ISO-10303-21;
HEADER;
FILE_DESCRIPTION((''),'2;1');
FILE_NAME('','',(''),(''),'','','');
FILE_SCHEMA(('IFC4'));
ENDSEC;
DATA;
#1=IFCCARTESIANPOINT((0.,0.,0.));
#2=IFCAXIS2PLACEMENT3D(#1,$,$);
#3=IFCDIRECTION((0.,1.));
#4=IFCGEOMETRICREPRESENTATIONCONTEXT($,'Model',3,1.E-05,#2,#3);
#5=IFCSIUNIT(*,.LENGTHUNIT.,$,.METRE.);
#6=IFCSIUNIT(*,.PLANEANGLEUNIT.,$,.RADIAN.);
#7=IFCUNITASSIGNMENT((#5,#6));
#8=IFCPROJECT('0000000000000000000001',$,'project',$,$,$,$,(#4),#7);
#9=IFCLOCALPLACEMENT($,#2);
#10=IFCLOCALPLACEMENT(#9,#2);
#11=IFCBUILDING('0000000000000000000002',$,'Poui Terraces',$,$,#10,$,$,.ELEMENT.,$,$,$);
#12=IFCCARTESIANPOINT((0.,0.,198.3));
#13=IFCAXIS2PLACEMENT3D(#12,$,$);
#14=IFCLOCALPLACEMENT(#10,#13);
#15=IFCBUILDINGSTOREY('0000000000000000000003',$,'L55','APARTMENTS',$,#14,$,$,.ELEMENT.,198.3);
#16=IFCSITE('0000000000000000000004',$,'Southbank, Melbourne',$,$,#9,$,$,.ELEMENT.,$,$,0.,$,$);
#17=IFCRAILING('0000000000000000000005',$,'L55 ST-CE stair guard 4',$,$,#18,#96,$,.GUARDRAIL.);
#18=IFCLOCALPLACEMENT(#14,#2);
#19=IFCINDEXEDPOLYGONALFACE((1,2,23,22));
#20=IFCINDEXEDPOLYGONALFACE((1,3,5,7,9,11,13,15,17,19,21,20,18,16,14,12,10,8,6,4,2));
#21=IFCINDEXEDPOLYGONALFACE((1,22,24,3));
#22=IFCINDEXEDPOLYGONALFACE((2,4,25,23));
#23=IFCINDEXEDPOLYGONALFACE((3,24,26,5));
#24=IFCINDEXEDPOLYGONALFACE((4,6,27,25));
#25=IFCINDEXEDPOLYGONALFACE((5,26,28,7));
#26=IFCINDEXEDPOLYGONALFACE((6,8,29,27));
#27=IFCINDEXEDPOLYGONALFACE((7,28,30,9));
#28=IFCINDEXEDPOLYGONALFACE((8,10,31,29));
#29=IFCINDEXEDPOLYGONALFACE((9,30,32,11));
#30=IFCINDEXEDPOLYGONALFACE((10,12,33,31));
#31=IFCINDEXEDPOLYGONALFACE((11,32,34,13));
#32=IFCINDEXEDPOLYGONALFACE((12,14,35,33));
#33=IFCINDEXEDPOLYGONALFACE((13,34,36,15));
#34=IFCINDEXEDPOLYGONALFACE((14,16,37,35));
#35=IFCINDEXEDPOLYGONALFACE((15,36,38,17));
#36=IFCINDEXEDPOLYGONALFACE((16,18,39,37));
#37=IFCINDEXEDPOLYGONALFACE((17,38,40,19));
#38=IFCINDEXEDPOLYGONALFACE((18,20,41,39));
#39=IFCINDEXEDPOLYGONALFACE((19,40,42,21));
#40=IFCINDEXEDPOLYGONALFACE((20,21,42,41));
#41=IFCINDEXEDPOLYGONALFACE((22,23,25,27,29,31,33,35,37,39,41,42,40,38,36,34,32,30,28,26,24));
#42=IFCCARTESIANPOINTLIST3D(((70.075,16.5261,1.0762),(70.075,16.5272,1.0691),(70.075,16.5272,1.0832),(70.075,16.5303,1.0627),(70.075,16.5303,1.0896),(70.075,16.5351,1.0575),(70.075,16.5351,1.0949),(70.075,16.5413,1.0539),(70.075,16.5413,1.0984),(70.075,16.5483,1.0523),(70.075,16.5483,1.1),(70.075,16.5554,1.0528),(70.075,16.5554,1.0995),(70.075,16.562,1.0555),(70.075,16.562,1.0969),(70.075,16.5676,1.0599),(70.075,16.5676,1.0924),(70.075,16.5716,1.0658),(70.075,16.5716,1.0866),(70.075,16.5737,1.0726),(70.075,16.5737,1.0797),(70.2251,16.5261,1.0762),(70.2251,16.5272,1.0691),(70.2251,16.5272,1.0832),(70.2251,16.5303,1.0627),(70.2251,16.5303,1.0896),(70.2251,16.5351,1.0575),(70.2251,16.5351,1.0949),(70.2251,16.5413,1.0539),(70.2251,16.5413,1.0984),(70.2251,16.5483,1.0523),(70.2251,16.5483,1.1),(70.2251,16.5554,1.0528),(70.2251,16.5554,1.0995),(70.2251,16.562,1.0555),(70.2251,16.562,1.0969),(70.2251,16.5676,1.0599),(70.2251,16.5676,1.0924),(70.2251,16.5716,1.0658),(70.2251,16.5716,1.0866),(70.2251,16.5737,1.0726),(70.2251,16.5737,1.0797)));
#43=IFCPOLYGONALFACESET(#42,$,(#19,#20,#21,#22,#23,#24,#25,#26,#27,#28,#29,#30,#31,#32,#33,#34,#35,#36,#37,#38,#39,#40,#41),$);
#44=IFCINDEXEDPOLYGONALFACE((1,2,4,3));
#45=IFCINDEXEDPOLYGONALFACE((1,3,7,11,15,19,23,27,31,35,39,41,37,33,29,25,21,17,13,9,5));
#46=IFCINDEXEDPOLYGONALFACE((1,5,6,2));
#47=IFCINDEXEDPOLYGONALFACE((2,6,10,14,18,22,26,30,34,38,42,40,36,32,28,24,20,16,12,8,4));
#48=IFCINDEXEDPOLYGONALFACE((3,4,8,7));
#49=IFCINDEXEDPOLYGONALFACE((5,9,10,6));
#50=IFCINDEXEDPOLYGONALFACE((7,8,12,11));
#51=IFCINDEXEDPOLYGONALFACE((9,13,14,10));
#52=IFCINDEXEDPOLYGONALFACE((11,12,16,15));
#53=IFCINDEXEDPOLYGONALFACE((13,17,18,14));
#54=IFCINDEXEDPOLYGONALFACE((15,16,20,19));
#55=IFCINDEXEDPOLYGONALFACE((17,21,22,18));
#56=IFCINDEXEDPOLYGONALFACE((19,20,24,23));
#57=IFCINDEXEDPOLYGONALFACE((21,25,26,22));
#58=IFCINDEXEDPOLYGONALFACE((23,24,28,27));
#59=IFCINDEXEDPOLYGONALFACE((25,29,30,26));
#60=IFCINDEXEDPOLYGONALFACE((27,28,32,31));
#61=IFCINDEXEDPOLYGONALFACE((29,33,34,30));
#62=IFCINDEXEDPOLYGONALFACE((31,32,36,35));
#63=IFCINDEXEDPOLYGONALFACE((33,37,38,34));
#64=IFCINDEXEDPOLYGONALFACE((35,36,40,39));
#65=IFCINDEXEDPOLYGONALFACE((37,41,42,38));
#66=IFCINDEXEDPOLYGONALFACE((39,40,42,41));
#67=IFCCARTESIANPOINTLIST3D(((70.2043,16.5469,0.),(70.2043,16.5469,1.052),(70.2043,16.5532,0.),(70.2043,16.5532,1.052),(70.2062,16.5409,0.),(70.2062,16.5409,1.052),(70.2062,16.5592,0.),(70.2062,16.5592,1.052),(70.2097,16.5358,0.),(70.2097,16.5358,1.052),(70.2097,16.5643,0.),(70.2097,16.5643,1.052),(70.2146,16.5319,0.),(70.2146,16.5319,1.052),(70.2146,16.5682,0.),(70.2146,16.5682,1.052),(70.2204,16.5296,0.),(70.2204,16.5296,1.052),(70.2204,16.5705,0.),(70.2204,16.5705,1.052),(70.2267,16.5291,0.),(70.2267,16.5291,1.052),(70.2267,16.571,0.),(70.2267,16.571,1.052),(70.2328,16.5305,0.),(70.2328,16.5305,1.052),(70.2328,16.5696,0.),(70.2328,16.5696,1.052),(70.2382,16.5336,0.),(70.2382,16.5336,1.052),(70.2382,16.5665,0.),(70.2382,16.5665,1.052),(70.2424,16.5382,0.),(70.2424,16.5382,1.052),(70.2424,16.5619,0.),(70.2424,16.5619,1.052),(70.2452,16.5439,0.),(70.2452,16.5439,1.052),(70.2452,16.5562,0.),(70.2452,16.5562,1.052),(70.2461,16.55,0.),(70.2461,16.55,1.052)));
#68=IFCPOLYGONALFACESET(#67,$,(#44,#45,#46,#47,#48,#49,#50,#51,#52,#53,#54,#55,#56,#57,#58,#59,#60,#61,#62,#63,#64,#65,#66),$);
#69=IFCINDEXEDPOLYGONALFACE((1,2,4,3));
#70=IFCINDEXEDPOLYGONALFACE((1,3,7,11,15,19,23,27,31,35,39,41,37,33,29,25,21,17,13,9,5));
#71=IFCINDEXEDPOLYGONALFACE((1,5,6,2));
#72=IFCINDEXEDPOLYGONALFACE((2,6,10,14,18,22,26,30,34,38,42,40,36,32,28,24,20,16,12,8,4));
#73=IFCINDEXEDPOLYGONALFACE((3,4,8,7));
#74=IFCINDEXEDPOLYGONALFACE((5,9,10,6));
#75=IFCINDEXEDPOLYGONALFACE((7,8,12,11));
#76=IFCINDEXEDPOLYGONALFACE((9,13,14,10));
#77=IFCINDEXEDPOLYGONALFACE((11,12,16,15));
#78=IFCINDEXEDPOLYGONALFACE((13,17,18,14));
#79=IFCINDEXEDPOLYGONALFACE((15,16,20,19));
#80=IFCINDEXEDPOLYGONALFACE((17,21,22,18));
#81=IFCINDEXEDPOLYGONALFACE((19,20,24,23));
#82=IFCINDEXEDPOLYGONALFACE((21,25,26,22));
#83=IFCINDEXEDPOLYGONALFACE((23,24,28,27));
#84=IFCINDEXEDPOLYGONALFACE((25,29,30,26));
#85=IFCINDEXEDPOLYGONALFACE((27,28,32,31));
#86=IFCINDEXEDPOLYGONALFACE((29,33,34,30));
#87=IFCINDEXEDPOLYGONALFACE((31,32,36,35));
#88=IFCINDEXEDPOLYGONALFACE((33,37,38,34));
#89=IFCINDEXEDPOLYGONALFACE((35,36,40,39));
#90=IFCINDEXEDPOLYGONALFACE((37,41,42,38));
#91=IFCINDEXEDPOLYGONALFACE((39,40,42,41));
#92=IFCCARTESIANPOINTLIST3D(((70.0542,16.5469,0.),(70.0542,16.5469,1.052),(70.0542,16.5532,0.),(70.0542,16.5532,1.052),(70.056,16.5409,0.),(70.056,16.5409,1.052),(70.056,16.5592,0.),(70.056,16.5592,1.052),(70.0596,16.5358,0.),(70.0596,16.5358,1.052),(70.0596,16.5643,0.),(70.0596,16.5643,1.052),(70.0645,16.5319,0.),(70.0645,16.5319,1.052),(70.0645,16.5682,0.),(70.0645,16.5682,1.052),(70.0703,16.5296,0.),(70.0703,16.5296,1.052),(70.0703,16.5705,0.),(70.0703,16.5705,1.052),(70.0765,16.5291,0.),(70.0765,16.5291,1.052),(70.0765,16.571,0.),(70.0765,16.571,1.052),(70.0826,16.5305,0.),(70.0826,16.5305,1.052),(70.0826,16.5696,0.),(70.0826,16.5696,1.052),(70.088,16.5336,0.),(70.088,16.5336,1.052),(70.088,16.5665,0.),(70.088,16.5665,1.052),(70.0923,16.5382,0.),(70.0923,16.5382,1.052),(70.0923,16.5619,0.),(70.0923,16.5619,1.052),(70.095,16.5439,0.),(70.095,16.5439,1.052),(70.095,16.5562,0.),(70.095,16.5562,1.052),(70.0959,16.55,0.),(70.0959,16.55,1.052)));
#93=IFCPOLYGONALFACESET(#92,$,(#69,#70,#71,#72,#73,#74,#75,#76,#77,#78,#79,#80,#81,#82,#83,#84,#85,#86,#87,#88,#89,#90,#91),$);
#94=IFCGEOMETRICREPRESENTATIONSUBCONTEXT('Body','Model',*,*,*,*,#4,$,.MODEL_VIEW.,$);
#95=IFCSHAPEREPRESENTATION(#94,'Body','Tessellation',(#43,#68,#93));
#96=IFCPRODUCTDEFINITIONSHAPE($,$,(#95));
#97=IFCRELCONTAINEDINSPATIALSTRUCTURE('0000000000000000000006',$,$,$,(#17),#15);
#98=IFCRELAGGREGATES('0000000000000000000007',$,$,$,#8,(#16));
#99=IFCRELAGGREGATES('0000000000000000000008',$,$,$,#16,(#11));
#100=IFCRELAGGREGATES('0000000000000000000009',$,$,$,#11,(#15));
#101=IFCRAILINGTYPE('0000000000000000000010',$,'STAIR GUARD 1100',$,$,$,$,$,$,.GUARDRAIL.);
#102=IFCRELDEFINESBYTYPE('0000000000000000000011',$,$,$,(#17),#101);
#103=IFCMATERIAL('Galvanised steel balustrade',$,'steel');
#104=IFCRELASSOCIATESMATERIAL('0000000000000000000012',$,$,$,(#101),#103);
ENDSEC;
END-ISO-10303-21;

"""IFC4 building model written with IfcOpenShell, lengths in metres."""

from ifc_helpers import new_model, si_unit, direction, frame, origin, origin_2d, place, context, subcontext, project, spatial, circle, extrude, material, type_object, element, save


model = new_model("IFC4")

# Units and contexts
model_context = context("Model", 3, precision=1e-05, world=origin(), true_north=direction((0.0, 1.0)))
body_context = subcontext(model_context, "Body", "Model", "MODEL_VIEW")
ifc_project = project(units=[si_unit("LENGTHUNIT", "METRE"), si_unit("PLANEANGLEUNIT", "RADIAN")], contexts=[model_context])

# Site, building, storey
site_placement = place(None, origin())
site = spatial("IfcSite", under=ifc_project, at=site_placement, Name="Southbank, Melbourne", CompositionType="ELEMENT", RefElevation=0.0)
building_placement = place(site_placement, origin())
building = spatial("IfcBuilding", under=site, at=building_placement, Name="Poui Terraces", CompositionType="ELEMENT")
storey_placement = place(building_placement, frame((0.0, 0.0, 198.3)))
storey = spatial("IfcBuildingStorey", under=building, at=storey_placement, Name="L55", Description="APARTMENTS", CompositionType="ELEMENT", Elevation=198.3)

# Railing
ifc_material_1 = material(Name="Galvanised steel balustrade", Category="steel")
railing_type_1 = type_object("IfcRailingType", Name="STAIR GUARD 1100", PredefinedType="GUARDRAIL", material=ifc_material_1)
railing_1_placement = place(storey_placement, frame((70.2251, 16.55, 0.0)))
element("IfcRailing", 1, at=railing_1_placement, inside=storey, type_object=railing_type_1, Name="L55 ST-CE stair guard 4", PredefinedType="GUARDRAIL", context=body_context, shape_type="SweptSolid", body=[
    extrude(circle(Radius=0.0239, at=origin_2d()), frame((0.0, 0.0, 1.0762), z_axis=(-1.0, 0.0, 0.0), x_axis=(0.0, -1.0, 0.0)), (0.0, 0.0, 1.0), 0.1501),
    extrude(circle(Radius=0.021, at=origin_2d()), origin(), (0.0, 0.0, 1.0), 1.052),
    extrude(circle(Radius=0.021, at=origin_2d()), frame((-0.1501, 0.0, 0.0)), (0.0, 0.0, 1.0), 1.052),
])

save(model, "model.ifc")
